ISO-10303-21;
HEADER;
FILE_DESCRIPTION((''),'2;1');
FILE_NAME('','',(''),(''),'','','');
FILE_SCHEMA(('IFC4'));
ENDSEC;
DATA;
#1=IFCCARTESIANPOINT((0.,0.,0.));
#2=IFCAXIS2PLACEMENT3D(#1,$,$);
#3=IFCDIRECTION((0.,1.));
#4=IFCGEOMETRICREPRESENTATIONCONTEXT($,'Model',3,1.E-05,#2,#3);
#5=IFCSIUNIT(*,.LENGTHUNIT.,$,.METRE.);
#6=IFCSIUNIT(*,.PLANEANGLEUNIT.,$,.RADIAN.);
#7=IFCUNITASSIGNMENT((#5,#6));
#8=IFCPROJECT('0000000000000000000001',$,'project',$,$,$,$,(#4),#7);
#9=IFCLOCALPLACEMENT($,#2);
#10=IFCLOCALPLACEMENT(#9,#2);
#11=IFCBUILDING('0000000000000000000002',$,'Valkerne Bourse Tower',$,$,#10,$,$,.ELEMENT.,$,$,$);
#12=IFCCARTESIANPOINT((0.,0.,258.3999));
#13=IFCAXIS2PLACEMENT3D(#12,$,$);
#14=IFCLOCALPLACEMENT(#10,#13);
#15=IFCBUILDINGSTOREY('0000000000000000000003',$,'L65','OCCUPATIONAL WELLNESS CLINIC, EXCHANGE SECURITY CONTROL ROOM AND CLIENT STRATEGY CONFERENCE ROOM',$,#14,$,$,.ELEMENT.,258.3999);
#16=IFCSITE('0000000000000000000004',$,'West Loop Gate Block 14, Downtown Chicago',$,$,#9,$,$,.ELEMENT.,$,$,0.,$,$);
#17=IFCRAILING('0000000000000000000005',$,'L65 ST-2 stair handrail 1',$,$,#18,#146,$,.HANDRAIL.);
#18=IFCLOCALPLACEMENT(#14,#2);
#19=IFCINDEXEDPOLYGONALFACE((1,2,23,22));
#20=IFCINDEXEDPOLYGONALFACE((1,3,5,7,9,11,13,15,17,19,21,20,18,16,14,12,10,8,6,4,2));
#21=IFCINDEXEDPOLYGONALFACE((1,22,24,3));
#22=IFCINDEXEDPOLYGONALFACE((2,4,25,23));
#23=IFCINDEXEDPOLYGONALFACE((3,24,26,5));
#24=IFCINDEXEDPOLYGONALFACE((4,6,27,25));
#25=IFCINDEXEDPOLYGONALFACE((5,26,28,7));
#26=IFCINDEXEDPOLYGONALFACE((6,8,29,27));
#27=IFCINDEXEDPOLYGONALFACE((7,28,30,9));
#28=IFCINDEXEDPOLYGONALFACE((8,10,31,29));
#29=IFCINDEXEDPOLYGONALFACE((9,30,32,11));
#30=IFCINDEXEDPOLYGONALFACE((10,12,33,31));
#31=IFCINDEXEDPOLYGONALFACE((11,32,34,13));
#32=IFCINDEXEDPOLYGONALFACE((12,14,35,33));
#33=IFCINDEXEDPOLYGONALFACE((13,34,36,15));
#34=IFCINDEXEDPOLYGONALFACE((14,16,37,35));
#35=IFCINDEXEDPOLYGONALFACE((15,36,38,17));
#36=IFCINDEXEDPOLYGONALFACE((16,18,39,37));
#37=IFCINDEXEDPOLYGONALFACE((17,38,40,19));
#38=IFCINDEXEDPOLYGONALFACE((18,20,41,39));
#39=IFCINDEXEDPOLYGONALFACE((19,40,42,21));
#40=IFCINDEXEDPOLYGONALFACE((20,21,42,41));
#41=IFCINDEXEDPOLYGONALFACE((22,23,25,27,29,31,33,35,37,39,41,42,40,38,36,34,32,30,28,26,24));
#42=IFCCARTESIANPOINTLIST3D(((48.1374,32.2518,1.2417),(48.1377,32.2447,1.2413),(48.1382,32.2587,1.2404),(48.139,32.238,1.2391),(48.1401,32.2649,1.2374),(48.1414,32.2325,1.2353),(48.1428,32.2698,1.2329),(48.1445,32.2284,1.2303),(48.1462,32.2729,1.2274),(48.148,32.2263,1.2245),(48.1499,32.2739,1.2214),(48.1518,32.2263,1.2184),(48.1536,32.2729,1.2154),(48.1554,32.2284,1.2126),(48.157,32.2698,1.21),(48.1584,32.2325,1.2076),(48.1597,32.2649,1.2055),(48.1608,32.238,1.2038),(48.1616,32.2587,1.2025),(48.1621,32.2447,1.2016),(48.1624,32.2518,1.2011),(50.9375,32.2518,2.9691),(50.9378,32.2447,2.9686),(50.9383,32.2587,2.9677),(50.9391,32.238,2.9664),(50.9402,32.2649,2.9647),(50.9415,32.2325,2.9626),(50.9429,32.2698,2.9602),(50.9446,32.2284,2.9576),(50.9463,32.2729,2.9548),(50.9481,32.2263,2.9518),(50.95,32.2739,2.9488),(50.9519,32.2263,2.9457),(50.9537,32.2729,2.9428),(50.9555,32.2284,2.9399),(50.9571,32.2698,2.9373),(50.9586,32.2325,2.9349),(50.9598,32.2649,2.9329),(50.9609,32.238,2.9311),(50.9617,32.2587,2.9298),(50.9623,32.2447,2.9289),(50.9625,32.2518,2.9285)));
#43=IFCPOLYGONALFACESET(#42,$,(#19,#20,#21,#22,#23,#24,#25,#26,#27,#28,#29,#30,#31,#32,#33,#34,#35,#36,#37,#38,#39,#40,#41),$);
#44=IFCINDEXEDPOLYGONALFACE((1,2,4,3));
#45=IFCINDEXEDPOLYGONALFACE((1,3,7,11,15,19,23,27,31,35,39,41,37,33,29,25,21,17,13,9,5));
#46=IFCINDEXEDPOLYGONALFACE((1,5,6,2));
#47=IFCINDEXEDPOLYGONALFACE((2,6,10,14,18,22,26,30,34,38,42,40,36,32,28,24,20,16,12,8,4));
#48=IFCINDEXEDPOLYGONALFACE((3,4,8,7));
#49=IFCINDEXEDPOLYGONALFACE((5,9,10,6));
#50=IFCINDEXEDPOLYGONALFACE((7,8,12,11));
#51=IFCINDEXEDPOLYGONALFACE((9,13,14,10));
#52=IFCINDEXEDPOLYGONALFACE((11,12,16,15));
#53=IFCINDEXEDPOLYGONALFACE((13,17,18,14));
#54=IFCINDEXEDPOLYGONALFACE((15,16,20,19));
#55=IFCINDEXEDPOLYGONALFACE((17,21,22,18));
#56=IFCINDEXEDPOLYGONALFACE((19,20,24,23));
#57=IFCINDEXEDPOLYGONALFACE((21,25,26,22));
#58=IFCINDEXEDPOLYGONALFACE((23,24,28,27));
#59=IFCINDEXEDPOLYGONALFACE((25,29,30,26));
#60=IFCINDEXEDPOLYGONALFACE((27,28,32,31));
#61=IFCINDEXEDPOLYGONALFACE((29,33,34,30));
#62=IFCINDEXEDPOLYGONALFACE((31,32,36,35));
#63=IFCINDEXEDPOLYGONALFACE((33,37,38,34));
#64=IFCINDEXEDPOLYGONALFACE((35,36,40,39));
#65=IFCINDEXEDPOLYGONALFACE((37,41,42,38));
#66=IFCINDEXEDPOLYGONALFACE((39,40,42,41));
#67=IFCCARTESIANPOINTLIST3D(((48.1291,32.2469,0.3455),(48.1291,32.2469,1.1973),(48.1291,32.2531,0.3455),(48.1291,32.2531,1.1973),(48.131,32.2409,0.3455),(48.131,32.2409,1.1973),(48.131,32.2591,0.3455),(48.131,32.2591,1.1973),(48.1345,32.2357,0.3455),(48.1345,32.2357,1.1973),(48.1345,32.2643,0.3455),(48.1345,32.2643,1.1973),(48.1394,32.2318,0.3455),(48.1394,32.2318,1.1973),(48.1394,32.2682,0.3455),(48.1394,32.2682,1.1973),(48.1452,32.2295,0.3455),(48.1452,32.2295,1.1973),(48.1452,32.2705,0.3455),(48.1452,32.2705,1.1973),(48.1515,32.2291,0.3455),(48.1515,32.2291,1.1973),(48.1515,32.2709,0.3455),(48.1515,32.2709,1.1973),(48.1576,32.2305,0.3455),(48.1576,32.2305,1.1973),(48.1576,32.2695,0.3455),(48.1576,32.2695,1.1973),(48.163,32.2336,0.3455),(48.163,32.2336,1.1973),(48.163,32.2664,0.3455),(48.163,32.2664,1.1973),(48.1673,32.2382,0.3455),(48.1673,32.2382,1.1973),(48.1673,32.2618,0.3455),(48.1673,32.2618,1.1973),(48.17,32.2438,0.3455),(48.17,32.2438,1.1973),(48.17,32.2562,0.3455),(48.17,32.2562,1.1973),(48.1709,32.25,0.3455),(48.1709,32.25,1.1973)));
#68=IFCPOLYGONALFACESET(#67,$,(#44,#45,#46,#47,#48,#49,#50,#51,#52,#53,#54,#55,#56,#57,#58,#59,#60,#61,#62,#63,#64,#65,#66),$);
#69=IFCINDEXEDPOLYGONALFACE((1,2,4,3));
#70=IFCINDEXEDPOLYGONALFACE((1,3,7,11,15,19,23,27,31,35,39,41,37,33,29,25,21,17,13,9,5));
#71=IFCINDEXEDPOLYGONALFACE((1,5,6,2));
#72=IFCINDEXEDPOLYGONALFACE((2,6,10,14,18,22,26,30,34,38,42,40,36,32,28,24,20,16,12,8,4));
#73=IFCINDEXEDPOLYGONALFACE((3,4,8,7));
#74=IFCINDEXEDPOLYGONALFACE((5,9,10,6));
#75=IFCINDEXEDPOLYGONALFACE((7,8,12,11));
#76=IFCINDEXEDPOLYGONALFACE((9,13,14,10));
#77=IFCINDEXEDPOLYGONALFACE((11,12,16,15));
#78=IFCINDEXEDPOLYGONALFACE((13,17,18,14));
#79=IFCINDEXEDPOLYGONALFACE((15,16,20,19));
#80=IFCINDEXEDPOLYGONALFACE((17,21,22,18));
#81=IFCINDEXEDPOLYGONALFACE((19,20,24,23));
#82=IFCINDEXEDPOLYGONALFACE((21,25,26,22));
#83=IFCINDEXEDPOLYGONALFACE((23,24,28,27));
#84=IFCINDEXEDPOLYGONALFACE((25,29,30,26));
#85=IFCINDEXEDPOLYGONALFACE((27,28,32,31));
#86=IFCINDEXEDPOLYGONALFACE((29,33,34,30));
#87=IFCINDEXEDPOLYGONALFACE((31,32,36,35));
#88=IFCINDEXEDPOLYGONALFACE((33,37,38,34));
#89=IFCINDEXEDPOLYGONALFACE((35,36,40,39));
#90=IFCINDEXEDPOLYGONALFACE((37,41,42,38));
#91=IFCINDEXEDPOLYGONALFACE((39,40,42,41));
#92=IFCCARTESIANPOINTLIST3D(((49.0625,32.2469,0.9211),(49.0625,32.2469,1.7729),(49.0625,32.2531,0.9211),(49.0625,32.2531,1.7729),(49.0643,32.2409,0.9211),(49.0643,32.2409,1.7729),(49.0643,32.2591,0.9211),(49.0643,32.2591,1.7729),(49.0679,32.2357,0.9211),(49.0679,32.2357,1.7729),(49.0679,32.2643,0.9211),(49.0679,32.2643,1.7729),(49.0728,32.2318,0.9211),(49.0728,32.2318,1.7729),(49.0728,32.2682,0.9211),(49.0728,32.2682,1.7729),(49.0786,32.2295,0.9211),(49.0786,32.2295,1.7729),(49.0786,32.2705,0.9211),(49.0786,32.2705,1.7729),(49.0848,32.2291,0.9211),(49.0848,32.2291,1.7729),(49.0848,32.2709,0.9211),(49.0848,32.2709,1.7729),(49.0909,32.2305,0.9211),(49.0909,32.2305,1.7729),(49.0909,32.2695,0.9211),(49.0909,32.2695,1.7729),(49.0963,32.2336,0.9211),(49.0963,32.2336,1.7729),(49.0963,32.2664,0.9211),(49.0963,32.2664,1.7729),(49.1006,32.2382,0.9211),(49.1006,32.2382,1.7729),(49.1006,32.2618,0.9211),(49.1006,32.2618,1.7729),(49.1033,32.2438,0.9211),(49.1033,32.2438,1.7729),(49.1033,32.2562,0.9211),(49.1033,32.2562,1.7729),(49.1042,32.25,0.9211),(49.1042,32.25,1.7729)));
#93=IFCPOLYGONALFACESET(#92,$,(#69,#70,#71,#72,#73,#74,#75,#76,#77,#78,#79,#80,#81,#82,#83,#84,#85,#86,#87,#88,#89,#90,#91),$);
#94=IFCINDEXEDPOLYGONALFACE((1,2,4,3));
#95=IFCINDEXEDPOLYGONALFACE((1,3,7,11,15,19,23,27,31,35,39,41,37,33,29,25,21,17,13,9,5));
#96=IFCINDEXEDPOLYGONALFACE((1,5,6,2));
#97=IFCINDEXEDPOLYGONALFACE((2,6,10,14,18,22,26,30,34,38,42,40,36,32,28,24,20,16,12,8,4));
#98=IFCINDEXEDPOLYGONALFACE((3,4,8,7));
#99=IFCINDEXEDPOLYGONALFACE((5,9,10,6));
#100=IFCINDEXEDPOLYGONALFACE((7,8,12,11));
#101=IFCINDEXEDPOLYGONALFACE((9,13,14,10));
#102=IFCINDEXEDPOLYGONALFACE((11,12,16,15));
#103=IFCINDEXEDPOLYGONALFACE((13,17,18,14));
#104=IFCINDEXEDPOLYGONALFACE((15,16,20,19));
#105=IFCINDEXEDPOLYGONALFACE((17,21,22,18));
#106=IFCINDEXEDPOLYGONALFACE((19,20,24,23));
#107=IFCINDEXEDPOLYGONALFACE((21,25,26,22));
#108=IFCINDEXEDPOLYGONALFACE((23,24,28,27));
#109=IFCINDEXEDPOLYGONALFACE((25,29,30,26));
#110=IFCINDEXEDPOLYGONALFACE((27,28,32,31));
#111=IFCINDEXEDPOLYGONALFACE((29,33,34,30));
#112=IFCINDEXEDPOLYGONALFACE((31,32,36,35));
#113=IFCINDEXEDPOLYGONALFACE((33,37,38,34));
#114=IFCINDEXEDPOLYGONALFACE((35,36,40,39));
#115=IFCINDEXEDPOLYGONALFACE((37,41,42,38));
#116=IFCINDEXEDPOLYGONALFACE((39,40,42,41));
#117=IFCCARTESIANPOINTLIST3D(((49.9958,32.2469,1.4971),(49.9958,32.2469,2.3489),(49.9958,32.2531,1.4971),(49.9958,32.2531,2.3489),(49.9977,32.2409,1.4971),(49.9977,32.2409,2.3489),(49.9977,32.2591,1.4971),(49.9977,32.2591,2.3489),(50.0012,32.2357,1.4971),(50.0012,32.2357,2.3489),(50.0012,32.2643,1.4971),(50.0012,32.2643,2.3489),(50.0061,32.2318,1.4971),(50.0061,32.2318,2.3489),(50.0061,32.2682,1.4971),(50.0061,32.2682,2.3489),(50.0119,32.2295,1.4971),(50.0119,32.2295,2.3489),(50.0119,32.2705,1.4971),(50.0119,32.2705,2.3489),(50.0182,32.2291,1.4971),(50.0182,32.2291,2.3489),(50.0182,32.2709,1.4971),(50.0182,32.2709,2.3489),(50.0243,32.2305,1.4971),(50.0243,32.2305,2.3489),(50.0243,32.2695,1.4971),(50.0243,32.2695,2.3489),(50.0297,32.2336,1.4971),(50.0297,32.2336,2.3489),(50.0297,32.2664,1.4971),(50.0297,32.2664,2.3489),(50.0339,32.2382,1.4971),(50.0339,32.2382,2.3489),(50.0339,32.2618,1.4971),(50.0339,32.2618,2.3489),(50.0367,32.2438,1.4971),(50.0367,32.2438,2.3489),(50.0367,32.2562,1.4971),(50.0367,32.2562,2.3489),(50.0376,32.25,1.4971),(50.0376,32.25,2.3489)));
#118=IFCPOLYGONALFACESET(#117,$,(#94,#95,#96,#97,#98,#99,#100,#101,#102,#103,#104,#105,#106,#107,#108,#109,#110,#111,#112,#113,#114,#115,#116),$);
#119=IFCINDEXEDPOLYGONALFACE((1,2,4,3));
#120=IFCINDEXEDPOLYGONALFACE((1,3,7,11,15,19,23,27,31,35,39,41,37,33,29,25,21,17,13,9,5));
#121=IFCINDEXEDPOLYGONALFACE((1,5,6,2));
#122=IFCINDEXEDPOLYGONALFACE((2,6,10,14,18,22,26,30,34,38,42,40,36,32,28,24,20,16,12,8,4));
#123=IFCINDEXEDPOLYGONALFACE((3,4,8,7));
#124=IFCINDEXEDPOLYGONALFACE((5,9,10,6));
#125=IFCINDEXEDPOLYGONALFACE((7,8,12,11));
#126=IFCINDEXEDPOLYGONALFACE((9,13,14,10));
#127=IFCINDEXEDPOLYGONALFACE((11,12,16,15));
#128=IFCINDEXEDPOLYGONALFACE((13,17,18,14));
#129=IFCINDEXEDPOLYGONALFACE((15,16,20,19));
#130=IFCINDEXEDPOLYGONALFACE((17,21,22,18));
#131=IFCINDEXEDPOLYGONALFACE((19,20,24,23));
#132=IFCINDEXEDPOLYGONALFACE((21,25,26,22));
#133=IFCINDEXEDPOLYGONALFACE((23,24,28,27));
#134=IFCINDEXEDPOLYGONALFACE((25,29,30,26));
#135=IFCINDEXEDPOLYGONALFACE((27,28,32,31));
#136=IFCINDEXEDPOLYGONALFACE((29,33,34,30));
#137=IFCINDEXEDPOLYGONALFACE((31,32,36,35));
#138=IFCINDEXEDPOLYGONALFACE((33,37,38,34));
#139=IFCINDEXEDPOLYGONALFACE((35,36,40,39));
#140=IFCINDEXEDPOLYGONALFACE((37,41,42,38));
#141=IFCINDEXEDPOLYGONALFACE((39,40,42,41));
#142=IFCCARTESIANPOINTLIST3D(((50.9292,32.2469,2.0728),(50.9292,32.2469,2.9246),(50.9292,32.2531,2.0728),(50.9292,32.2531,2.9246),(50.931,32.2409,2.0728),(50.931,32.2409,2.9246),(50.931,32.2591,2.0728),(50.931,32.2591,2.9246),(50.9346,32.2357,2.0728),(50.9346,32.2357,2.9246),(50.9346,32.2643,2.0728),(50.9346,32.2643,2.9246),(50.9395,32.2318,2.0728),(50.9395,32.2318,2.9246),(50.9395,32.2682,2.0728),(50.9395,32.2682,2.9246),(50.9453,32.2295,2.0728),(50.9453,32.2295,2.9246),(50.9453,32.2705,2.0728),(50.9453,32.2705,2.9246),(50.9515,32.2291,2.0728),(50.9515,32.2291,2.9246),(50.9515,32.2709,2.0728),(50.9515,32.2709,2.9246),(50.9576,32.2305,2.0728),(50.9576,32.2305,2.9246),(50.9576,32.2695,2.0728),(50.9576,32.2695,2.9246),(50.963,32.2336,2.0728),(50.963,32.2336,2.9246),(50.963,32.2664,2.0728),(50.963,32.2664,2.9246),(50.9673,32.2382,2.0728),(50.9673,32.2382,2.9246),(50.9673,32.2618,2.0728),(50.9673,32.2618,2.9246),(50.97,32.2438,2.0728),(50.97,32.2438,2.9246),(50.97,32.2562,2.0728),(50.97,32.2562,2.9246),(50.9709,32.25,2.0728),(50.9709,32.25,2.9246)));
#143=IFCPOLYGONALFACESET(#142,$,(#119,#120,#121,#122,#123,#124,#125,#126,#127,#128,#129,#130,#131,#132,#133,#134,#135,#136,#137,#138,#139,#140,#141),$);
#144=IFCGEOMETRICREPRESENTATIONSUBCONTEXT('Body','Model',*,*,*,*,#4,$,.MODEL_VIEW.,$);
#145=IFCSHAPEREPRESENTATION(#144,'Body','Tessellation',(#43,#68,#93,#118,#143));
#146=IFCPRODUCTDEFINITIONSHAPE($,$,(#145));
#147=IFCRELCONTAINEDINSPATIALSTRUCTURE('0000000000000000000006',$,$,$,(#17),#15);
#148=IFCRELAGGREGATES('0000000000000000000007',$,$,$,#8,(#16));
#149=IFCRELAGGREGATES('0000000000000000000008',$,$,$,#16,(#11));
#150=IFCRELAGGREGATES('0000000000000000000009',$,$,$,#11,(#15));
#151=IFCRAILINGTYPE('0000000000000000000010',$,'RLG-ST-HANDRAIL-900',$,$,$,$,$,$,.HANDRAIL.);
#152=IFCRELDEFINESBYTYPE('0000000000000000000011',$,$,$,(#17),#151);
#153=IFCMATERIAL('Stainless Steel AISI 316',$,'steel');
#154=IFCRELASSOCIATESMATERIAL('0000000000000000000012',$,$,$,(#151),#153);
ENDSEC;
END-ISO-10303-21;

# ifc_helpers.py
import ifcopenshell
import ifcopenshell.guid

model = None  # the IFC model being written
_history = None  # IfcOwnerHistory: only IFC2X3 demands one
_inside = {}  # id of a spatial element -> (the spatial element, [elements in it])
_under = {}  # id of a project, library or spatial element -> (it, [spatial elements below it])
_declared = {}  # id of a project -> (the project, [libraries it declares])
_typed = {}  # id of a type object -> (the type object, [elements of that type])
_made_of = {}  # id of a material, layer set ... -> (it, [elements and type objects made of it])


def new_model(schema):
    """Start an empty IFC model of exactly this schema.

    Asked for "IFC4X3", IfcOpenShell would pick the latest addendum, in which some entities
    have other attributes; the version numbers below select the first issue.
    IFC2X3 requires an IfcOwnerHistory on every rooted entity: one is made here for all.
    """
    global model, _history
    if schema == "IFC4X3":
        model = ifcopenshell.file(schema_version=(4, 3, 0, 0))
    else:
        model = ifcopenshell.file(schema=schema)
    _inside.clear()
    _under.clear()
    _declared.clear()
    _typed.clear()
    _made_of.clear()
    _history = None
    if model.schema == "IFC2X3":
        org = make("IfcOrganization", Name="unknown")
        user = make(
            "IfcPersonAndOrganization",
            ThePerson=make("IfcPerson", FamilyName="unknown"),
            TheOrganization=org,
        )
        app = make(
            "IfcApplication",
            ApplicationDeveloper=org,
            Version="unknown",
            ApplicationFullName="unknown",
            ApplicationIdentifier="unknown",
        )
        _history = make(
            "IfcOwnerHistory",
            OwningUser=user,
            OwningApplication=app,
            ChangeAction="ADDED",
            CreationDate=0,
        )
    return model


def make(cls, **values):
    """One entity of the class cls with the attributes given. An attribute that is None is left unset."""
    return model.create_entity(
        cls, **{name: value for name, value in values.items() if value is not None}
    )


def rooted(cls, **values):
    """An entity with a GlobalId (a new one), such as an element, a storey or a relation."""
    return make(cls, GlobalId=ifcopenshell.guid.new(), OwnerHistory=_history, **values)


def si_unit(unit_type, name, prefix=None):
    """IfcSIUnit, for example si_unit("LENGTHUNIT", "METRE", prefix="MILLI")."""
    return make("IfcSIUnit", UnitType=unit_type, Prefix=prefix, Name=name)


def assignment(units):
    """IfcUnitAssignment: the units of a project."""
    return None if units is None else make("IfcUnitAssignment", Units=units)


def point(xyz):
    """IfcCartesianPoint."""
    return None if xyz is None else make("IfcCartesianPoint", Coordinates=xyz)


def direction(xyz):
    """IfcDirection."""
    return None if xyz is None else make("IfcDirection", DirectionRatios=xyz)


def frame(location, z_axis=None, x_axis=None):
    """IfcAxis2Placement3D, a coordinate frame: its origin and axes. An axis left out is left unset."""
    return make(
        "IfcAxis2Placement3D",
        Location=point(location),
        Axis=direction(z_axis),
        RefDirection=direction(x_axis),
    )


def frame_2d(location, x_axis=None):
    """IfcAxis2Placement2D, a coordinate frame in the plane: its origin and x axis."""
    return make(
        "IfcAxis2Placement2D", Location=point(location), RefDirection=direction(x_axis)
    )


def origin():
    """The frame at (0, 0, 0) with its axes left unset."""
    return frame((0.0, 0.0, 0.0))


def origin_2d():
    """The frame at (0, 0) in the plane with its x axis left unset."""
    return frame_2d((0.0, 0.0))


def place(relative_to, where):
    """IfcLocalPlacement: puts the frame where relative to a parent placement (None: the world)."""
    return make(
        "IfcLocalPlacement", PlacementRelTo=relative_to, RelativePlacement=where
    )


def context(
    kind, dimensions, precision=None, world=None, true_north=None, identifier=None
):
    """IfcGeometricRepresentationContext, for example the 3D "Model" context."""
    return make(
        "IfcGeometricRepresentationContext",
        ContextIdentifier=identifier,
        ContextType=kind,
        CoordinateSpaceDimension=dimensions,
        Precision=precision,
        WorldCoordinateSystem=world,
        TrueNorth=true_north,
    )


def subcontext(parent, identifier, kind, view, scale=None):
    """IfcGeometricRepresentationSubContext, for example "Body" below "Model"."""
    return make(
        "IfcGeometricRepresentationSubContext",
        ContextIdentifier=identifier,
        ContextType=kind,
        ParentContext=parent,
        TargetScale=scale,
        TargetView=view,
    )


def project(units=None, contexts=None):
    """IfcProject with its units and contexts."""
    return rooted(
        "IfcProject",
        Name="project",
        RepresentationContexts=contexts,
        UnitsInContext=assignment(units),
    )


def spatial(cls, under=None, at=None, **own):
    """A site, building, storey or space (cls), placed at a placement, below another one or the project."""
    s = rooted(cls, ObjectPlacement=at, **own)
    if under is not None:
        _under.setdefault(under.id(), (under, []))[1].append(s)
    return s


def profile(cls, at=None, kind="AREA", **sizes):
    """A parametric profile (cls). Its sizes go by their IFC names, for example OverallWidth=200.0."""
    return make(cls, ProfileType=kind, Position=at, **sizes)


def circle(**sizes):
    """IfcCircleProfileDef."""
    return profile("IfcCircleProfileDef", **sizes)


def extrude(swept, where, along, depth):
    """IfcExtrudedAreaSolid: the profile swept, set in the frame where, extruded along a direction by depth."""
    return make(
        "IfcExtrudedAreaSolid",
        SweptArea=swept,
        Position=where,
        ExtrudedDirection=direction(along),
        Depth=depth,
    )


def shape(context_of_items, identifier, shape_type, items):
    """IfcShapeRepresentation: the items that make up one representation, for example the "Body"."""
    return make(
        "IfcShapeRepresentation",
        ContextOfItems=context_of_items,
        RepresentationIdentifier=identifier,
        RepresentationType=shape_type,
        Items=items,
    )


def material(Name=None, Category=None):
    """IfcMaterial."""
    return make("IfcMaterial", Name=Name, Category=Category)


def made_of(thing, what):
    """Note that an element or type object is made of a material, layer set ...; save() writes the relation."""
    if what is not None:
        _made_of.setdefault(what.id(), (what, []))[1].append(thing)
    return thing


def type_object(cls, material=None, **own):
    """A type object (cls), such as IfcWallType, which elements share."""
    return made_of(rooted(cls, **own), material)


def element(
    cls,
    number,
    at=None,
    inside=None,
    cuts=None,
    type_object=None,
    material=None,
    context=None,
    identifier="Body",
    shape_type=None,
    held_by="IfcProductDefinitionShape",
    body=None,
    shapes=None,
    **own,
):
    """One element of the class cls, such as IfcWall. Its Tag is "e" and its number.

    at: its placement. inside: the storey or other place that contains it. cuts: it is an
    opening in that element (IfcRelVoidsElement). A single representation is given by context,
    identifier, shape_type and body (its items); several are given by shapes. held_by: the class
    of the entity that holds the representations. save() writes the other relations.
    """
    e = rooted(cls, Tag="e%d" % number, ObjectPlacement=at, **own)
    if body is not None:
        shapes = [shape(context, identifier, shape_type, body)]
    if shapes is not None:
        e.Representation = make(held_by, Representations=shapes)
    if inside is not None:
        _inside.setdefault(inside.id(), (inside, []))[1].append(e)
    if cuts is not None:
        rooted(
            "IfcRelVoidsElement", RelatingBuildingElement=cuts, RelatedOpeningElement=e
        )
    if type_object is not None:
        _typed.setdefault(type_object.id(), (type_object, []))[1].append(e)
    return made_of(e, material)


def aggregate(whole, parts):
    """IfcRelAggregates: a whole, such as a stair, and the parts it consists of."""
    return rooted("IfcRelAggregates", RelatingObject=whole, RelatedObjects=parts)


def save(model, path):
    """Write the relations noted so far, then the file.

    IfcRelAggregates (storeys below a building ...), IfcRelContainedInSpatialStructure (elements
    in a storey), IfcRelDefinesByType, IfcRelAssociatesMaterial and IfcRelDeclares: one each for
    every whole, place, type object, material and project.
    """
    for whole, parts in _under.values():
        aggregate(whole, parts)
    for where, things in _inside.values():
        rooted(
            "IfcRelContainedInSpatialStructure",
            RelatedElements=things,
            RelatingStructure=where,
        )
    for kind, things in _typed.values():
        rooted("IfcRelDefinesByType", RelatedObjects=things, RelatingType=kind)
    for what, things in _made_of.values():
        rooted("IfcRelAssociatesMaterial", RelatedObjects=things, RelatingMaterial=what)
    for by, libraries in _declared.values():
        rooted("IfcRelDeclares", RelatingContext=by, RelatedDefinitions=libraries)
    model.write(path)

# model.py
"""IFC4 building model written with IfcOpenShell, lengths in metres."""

from ifc_helpers import new_model, si_unit, direction, frame, origin, origin_2d, place, context, subcontext, project, spatial, circle, extrude, material, type_object, element, save


model = new_model("IFC4")

# Units and contexts
model_context = context("Model", 3, precision=1e-05, world=origin(), true_north=direction((0.0, 1.0)))
body_context = subcontext(model_context, "Body", "Model", "MODEL_VIEW")
ifc_project = project(units=[si_unit("LENGTHUNIT", "METRE"), si_unit("PLANEANGLEUNIT", "RADIAN")], contexts=[model_context])

# Site, building, storey
site_placement = place(None, origin())
site = spatial("IfcSite", under=ifc_project, at=site_placement, Name="West Loop Gate Block 14, Downtown Chicago", CompositionType="ELEMENT", RefElevation=0.0)
building_placement = place(site_placement, origin())
building = spatial("IfcBuilding", under=site, at=building_placement, Name="Valkerne Bourse Tower", CompositionType="ELEMENT")
storey_placement = place(building_placement, frame((0.0, 0.0, 258.3999)))
storey = spatial("IfcBuildingStorey", under=building, at=storey_placement, Name="L65", Description="OCCUPATIONAL WELLNESS CLINIC, EXCHANGE SECURITY CONTROL ROOM AND CLIENT STRATEGY CONFERENCE ROOM", CompositionType="ELEMENT", Elevation=258.3999)

# Shared definitions
ifc_material_1 = material(Name="Stainless Steel AISI 316", Category="steel")

# Railing
railing_type_1 = type_object("IfcRailingType", Name="RLG-ST-HANDRAIL-900", PredefinedType="HANDRAIL", material=ifc_material_1)
railing_1_placement = place(storey_placement, frame((48.1499, 32.25, 0.3455)))
element("IfcRailing", 1, at=railing_1_placement, inside=storey, type_object=railing_type_1, Name="L65 ST-2 stair handrail 1", PredefinedType="HANDRAIL", context=body_context, shape_type="SweptSolid", body=[
    extrude(circle(Radius=0.0239, at=origin_2d()), frame((0.0, 0.0, 0.876), z_axis=(0.85109, 0.0, 0.52502), x_axis=(0.0, 1.0, 0.0)), (0.0, 0.0, 1.0), 3.29),
    extrude(circle(Radius=0.021, at=origin_2d()), origin(), (0.0, 0.0, 1.0), 0.8518),
    extrude(circle(Radius=0.021, at=origin_2d()), frame((0.9333, 0.0, 0.5757)), (0.0, 0.0, 1.0), 0.8518),
    extrude(circle(Radius=0.021, at=origin_2d()), frame((1.8667, 0.0, 1.1516)), (0.0, 0.0, 1.0), 0.8518),
    extrude(circle(Radius=0.021, at=origin_2d()), frame((2.8, 0.0, 1.7273)), (0.0, 0.0, 1.0), 0.8518),
])

save(model, "model.ifc")
